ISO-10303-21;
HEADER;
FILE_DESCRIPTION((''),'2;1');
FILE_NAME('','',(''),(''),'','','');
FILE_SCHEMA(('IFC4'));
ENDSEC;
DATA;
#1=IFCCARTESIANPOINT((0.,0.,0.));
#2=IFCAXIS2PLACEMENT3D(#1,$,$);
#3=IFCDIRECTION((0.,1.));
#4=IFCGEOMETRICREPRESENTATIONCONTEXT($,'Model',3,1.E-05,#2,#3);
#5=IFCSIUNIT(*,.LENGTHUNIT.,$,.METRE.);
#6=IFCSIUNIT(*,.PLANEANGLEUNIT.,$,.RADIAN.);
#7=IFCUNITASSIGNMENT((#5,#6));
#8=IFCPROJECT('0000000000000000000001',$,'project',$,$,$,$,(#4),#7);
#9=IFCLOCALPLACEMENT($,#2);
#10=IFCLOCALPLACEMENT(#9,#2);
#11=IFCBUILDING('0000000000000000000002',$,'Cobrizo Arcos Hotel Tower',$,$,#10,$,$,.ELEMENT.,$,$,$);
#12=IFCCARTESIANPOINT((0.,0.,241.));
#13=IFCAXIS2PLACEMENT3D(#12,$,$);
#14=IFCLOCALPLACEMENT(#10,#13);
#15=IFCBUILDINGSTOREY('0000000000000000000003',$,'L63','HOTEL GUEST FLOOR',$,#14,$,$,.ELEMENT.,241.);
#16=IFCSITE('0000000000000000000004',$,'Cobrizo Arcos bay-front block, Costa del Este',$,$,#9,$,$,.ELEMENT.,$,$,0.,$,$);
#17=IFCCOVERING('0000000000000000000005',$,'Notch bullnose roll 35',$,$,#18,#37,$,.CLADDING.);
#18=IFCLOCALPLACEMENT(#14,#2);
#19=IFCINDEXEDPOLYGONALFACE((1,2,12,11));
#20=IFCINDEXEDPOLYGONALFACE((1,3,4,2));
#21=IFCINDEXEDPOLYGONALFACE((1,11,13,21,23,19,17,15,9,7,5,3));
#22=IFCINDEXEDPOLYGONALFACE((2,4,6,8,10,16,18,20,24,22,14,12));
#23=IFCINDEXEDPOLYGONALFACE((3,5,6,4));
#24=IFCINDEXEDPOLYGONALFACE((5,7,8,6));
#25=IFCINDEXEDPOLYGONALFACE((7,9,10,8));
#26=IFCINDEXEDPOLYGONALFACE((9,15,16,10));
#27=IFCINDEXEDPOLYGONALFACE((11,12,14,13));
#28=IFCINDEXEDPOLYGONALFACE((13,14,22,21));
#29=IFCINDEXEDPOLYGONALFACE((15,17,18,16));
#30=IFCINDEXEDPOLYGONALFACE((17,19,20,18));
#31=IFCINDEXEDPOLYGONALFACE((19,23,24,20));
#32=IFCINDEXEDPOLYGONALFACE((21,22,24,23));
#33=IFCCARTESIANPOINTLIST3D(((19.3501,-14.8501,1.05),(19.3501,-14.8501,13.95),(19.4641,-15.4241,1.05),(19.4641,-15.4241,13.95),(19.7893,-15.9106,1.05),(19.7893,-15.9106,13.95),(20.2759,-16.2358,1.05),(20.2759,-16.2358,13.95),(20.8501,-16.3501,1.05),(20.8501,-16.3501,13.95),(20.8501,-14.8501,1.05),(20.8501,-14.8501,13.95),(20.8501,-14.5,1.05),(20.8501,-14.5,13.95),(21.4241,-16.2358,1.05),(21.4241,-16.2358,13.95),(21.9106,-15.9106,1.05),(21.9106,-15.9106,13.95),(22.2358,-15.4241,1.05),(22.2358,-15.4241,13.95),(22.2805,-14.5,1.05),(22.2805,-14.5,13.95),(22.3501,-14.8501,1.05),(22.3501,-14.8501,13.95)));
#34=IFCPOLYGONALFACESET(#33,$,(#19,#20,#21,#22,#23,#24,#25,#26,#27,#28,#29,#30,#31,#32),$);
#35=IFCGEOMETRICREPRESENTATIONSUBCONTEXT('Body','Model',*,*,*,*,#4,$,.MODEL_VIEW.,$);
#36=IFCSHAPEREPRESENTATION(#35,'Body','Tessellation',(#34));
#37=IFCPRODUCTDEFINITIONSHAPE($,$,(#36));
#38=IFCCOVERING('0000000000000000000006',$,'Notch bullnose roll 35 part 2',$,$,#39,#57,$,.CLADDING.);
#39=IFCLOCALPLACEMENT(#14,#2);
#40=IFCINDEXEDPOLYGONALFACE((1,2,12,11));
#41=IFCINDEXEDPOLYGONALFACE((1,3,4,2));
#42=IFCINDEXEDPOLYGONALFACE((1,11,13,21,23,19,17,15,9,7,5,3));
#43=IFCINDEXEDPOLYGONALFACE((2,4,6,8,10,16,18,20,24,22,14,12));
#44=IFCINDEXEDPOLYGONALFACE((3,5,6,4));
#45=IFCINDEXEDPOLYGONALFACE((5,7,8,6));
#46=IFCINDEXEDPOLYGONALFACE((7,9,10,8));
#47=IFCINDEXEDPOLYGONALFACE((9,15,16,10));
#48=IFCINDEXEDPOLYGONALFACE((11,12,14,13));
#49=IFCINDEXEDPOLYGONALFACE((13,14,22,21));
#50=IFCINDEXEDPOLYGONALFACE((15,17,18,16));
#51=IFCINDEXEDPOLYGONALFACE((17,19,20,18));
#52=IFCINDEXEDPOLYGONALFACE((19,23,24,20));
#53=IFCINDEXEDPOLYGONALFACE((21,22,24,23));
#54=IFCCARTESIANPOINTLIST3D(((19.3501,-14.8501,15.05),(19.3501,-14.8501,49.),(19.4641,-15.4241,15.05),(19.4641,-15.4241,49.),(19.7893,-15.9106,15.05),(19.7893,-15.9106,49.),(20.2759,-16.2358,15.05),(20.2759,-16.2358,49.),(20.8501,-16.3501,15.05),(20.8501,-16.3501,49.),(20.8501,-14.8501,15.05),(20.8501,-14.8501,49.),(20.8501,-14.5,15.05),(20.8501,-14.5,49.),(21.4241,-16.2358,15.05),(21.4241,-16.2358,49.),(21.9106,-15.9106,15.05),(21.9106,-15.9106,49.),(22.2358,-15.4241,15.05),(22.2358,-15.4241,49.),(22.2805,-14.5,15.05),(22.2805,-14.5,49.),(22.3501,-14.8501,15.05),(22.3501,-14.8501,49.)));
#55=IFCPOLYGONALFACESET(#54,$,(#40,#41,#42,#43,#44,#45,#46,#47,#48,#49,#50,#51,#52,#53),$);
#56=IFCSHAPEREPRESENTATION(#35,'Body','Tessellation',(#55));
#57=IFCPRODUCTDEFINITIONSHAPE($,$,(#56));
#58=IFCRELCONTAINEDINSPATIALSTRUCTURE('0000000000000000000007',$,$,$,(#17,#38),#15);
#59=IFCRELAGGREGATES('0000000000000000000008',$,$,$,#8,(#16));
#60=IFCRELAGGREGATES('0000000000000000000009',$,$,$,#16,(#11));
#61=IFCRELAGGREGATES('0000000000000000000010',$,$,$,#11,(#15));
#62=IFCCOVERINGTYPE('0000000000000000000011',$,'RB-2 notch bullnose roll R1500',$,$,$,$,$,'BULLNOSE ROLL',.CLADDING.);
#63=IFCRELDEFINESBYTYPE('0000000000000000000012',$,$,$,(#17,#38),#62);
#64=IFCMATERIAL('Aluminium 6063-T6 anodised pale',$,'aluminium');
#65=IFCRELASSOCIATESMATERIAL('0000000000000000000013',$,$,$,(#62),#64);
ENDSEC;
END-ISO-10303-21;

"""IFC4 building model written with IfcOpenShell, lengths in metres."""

from ifc_helpers import new_model, si_unit, direction, frame, origin, place, context, subcontext, project, spatial, polyline, outline, extrude, material, type_object, element, save


model = new_model("IFC4")

# Units and contexts
model_context = context("Model", 3, precision=1e-05, world=origin(), true_north=direction((0.0, 1.0)))
body_context = subcontext(model_context, "Body", "Model", "MODEL_VIEW")
ifc_project = project(units=[si_unit("LENGTHUNIT", "METRE"), si_unit("PLANEANGLEUNIT", "RADIAN")], contexts=[model_context])

# Site, building, storey
site_placement = place(None, origin())
site = spatial("IfcSite", under=ifc_project, at=site_placement, Name="Cobrizo Arcos bay-front block, Costa del Este", CompositionType="ELEMENT", RefElevation=0.0)
building_placement = place(site_placement, origin())
building = spatial("IfcBuilding", under=site, at=building_placement, Name="Cobrizo Arcos Hotel Tower", CompositionType="ELEMENT")
storey_placement = place(building_placement, frame((0.0, 0.0, 241.0)))
storey = spatial("IfcBuildingStorey", under=building, at=storey_placement, Name="L63", Description="HOTEL GUEST FLOOR", CompositionType="ELEMENT", Elevation=241.0)

# Coverings
ifc_material_1 = material(Name="Aluminium 6063-T6 anodised pale", Category="aluminium")
covering_type = type_object("IfcCoveringType", Name="RB-2 notch bullnose roll R1500", ElementType="BULLNOSE ROLL", PredefinedType="CLADDING", material=ifc_material_1)
covering_1_placement = place(storey_placement, frame((0.0, 0.0, 1.05)))
element("IfcCovering", 1, at=covering_1_placement, inside=storey, type_object=covering_type, Name="Notch bullnose roll 35", PredefinedType="CLADDING", context=body_context, shape_type="SweptSolid", body=[
    extrude(outline(polyline([(19.7893, -15.9106), (20.2759, -16.2358), (20.8501, -16.3501), (21.4241, -16.2358), (21.9106, -15.9106), (22.2358, -15.4241), (22.3501, -14.8501), (22.2805, -14.5), (20.8501, -14.5), (20.8501, -14.8501), (19.3501, -14.8501), (19.4641, -15.4241), (19.7893, -15.9106)])), origin(), (0.0, 0.0, 1.0), 12.8999),
])
covering_2_placement = place(storey_placement, frame((0.0, 0.0, 15.05)))
element("IfcCovering", 2, at=covering_2_placement, inside=storey, type_object=covering_type, Name="Notch bullnose roll 35 part 2", PredefinedType="CLADDING", context=body_context, shape_type="SweptSolid", body=[
    extrude(outline(polyline([(19.7893, -15.9106), (20.2759, -16.2358), (20.8501, -16.3501), (21.4241, -16.2358), (21.9106, -15.9106), (22.2358, -15.4241), (22.3501, -14.8501), (22.2805, -14.5), (20.8501, -14.5), (20.8501, -14.8501), (19.3501, -14.8501), (19.4641, -15.4241), (19.7893, -15.9106)])), origin(), (0.0, 0.0, 1.0), 33.95),
])

save(model, "model.ifc")
